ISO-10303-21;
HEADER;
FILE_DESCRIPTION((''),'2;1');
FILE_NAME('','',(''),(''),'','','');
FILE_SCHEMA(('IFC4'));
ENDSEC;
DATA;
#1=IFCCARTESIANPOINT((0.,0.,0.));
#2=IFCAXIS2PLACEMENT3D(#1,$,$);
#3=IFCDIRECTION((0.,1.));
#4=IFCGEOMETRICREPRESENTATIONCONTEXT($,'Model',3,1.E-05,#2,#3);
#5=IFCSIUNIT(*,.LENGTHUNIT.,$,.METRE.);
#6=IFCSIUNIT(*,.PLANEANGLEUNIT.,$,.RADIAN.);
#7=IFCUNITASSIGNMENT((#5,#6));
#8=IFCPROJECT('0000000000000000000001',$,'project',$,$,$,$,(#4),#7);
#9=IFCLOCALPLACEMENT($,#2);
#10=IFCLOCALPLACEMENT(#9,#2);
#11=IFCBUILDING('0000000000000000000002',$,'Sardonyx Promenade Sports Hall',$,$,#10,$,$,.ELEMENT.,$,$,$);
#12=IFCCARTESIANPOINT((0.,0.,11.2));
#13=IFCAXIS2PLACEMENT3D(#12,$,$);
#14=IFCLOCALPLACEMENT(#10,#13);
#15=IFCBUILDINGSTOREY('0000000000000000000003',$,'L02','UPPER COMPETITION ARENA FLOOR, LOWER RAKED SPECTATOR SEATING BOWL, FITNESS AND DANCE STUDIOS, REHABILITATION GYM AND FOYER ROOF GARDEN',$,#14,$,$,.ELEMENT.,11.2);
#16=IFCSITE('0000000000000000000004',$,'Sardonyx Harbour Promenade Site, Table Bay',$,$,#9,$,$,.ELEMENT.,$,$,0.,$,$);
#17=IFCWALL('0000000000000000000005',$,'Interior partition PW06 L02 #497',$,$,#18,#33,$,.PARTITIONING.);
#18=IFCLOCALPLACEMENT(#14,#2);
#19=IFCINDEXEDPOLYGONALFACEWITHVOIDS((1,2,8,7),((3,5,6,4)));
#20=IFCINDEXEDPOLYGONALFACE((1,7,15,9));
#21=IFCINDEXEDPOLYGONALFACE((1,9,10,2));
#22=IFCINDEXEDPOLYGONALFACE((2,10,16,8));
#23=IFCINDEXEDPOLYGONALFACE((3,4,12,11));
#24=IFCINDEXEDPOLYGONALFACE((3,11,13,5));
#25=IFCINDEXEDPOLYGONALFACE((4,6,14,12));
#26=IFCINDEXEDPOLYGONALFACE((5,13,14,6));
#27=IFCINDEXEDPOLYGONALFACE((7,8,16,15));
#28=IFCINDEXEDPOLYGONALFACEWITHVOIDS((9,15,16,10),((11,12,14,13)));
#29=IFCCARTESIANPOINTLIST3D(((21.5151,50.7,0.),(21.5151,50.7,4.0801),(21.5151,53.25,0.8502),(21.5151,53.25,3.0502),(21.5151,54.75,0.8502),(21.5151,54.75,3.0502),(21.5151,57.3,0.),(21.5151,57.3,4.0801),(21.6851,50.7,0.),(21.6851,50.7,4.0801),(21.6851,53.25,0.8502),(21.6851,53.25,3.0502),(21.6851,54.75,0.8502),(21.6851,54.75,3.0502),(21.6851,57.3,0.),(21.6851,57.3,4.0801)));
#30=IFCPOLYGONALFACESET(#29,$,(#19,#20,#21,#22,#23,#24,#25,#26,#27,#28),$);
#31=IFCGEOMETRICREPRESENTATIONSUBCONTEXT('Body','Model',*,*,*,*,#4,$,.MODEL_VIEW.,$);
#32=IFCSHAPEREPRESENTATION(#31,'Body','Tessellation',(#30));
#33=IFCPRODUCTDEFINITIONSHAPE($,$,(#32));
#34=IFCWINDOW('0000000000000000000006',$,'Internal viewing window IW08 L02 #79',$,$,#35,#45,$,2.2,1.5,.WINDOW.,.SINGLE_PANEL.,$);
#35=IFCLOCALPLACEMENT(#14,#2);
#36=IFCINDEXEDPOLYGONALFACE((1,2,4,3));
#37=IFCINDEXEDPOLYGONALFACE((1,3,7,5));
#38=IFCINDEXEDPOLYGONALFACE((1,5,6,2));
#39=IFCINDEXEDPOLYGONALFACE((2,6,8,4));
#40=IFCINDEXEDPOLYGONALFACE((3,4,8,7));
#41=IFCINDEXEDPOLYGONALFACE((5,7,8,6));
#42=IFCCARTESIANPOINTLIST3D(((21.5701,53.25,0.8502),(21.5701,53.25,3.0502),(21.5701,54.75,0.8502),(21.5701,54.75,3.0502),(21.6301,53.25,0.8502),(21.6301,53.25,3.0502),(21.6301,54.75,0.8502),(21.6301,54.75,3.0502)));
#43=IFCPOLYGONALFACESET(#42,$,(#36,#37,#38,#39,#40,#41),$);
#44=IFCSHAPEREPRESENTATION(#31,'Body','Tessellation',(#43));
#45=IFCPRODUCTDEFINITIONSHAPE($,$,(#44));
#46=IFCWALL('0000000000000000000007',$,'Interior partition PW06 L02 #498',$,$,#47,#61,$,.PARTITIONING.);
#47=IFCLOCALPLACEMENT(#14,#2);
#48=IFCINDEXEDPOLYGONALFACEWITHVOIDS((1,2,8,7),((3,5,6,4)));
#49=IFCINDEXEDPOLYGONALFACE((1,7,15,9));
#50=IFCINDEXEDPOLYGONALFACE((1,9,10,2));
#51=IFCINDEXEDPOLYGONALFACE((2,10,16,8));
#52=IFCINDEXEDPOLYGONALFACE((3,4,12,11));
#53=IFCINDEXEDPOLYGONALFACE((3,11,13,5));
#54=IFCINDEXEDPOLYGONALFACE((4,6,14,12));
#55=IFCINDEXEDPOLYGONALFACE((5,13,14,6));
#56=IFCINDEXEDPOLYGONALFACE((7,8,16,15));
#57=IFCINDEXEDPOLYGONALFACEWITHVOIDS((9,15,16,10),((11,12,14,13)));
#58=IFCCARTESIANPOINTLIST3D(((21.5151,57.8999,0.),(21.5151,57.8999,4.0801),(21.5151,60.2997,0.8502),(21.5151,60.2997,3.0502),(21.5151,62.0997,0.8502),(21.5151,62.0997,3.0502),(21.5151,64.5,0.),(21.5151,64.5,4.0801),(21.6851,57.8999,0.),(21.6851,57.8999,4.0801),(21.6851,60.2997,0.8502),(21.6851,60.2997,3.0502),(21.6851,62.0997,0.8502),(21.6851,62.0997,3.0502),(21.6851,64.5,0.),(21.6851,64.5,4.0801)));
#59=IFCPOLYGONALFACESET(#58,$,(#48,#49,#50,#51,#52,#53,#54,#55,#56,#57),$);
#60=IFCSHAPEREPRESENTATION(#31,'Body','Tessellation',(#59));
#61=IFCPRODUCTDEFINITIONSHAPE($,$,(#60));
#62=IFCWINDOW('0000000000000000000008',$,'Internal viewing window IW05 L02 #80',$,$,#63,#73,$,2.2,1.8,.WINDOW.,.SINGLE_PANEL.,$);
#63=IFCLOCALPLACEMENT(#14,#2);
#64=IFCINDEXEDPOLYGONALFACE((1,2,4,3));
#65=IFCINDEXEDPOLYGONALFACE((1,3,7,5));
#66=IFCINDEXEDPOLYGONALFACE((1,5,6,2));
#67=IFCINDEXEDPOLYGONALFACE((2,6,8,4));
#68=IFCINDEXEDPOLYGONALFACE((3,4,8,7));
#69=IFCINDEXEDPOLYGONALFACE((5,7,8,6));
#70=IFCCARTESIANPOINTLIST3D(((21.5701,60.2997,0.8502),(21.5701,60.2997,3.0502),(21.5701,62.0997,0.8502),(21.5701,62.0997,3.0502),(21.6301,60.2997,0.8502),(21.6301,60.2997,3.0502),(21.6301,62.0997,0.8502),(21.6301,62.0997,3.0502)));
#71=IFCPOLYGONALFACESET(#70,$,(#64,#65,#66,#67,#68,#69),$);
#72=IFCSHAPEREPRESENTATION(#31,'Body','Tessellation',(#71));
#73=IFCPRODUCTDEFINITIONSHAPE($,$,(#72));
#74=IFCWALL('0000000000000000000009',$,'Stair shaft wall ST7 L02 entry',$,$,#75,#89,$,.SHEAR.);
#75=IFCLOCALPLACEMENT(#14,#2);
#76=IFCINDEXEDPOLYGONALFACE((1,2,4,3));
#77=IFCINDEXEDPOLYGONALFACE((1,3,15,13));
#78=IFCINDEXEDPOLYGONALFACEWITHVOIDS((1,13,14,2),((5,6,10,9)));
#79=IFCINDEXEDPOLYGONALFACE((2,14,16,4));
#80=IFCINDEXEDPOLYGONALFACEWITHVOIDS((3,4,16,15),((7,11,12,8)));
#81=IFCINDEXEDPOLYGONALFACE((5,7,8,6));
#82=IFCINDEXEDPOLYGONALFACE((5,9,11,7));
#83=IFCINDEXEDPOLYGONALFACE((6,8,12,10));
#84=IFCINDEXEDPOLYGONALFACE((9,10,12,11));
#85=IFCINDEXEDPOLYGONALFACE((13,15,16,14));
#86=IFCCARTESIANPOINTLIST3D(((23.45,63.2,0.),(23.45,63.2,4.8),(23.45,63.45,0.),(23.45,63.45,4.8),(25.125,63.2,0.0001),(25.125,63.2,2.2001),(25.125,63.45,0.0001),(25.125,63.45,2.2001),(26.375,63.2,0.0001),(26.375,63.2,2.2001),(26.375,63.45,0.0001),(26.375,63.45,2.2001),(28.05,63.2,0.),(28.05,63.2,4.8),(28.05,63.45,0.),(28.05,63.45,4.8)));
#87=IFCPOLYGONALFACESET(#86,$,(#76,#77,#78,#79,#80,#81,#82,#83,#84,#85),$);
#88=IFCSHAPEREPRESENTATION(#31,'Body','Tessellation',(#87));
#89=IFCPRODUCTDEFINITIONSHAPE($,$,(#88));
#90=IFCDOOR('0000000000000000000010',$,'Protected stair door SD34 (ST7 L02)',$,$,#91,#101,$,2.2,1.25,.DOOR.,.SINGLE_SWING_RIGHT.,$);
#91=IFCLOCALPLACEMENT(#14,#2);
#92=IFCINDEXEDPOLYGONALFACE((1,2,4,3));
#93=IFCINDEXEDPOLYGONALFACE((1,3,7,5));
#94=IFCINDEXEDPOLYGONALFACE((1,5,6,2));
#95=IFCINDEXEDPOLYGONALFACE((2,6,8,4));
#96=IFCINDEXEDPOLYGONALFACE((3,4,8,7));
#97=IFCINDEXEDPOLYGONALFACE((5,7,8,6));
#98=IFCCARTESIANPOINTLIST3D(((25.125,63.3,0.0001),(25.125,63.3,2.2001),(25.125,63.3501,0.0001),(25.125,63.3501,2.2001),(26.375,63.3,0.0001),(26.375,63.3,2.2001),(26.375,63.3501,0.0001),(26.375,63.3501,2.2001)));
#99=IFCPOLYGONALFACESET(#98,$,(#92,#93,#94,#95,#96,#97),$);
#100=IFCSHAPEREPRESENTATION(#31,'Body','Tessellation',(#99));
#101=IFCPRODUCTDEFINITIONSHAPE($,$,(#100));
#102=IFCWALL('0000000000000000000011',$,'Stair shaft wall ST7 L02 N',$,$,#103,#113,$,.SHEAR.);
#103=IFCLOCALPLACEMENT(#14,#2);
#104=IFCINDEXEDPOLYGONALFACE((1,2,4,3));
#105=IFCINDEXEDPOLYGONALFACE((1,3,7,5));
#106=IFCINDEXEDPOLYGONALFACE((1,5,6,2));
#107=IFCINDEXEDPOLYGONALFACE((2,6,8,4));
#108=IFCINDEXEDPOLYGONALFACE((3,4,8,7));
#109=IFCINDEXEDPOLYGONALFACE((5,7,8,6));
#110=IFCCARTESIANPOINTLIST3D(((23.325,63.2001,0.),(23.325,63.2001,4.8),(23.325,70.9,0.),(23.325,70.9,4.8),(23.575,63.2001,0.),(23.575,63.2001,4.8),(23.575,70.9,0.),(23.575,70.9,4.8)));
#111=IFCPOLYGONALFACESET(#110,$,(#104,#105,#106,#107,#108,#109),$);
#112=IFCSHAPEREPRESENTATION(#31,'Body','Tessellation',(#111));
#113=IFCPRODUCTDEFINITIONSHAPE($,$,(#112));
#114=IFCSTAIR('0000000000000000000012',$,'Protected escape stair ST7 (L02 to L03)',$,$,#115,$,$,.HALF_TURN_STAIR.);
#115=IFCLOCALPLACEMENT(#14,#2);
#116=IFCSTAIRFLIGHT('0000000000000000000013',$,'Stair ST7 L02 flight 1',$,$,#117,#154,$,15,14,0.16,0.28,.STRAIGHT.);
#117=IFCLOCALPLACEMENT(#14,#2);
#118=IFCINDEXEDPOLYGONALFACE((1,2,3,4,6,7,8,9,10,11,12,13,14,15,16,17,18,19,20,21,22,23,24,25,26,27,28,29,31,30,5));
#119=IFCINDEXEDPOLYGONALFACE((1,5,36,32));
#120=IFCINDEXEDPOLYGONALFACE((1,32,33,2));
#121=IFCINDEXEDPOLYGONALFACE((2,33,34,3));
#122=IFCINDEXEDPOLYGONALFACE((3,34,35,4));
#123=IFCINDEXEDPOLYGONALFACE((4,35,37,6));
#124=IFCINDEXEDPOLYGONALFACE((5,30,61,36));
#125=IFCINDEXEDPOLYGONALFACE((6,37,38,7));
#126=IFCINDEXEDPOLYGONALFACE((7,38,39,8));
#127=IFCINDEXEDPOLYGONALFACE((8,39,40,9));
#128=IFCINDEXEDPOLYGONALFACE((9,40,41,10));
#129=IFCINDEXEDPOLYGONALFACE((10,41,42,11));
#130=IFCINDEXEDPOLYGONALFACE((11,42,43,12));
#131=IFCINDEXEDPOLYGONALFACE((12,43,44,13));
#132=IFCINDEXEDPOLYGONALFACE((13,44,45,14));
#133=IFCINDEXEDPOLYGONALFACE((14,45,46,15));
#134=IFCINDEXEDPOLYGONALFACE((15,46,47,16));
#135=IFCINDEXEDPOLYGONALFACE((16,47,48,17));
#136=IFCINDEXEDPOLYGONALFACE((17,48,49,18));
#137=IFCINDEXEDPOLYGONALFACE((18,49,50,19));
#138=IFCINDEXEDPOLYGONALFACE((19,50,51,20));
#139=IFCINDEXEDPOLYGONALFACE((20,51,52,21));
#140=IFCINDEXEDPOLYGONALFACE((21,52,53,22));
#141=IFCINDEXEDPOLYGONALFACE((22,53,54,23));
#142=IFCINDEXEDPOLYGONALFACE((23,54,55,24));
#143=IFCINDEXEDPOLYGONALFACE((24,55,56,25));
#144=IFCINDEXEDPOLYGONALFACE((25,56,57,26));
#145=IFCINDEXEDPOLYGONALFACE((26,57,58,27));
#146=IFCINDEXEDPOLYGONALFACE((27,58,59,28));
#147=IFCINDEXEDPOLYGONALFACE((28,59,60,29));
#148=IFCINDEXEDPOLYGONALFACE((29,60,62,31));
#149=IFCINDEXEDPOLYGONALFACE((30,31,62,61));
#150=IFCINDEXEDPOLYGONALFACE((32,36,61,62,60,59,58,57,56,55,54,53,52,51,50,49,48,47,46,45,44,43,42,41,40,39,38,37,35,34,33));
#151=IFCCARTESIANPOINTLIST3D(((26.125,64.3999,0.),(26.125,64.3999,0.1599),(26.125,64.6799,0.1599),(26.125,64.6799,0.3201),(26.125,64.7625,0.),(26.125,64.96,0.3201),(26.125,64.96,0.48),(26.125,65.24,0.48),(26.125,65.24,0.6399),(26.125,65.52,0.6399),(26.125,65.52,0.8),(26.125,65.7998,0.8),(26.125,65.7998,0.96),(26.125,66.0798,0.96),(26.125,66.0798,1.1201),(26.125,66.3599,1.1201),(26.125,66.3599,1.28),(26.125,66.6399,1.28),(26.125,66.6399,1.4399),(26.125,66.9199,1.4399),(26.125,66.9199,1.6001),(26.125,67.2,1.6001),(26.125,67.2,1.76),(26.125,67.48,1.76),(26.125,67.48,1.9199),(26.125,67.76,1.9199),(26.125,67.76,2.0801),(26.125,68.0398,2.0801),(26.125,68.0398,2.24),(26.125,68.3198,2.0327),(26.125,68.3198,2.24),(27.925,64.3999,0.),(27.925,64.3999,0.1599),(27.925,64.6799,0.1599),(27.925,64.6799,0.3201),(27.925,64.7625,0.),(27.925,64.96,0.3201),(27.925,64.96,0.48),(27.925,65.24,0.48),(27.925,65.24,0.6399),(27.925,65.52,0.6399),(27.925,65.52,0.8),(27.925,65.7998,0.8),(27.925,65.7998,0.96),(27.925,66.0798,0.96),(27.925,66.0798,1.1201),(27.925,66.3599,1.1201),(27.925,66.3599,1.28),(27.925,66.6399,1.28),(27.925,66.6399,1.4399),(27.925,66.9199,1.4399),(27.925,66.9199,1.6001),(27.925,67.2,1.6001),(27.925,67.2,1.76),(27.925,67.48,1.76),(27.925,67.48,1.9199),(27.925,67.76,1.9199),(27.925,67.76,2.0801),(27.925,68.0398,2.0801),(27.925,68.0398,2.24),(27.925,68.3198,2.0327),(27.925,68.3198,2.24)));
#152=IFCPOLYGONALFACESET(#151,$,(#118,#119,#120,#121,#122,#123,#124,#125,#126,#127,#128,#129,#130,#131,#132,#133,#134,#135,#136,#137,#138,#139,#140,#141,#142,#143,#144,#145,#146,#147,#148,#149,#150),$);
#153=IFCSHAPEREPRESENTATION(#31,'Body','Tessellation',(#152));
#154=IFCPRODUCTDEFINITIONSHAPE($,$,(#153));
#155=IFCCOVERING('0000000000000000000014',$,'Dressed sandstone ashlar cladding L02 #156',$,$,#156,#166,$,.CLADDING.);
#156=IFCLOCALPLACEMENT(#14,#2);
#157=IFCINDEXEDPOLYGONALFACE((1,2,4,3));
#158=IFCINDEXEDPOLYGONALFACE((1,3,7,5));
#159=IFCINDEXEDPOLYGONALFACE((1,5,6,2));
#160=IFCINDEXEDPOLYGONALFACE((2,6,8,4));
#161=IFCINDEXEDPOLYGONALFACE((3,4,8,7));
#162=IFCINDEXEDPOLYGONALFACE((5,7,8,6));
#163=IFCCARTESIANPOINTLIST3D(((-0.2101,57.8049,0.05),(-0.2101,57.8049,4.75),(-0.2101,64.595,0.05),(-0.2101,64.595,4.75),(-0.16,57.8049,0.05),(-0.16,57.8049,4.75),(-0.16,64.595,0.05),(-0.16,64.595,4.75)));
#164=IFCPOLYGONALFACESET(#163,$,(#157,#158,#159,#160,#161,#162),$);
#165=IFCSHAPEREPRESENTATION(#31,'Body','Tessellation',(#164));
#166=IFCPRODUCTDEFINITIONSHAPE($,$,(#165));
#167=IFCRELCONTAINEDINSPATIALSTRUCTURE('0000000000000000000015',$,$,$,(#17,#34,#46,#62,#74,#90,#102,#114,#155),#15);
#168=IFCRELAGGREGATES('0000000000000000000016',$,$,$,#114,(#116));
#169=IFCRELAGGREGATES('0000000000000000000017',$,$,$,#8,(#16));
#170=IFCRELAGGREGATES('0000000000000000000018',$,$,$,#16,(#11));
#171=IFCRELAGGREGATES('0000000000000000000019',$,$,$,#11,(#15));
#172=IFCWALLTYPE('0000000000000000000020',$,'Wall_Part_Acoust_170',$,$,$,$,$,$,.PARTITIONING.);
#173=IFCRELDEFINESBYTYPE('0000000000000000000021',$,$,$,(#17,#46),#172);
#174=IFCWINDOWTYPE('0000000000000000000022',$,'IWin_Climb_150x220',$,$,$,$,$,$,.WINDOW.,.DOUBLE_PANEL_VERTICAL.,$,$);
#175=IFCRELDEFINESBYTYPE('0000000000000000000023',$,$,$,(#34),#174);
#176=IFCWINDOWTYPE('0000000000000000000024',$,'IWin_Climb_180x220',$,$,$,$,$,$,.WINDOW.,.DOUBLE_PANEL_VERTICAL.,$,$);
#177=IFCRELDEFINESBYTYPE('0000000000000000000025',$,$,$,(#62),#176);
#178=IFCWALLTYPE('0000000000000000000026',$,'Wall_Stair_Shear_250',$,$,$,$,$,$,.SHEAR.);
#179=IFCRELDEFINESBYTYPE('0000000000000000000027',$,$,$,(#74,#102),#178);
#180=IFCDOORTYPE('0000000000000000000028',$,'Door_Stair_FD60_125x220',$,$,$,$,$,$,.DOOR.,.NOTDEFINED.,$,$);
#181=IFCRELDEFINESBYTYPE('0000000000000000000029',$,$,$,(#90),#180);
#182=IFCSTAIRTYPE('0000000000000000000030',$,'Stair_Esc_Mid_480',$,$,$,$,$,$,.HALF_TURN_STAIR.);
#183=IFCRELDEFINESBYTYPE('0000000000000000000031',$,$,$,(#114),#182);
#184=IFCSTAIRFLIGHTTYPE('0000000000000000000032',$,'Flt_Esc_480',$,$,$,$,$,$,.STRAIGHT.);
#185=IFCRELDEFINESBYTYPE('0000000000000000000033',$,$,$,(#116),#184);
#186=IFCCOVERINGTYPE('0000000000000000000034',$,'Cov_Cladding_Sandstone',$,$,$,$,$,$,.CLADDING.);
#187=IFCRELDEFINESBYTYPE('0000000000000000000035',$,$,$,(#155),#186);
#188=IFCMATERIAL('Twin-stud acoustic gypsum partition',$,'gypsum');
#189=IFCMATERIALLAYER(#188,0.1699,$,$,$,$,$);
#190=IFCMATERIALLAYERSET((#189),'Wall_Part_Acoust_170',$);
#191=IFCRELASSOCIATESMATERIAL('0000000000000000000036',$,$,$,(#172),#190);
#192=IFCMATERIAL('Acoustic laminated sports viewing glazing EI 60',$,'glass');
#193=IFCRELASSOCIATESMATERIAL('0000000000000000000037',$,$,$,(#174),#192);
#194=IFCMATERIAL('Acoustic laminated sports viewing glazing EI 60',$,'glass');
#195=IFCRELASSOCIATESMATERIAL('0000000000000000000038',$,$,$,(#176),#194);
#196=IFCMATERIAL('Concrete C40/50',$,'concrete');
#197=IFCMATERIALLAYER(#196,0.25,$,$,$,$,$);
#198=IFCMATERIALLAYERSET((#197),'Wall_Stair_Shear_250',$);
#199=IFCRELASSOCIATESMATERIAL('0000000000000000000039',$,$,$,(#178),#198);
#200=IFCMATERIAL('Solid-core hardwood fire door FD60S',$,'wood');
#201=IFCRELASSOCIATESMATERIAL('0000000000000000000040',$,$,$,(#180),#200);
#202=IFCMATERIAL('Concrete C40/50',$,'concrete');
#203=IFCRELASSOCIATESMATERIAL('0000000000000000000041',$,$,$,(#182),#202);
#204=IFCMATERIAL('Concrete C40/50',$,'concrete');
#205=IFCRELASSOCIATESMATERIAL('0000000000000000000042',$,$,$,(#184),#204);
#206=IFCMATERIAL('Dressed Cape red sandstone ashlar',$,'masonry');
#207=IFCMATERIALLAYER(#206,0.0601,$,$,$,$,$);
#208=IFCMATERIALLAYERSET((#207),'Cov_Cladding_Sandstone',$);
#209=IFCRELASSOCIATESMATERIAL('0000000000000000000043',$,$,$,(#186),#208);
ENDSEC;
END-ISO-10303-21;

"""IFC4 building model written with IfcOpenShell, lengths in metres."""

from ifc_helpers import new_model, si_unit, direction, frame, frame_2d, origin, place, context, subcontext, project, spatial, polyline, rectangle, outline, extrude, material, layer, layer_set, type_object, element, fill, aggregate, save


model = new_model("IFC4")

# Units and contexts
model_context = context("Model", 3, precision=1e-05, world=origin(), true_north=direction((0.0, 1.0)))
body_context = subcontext(model_context, "Body", "Model", "MODEL_VIEW")
ifc_project = project(units=[si_unit("LENGTHUNIT", "METRE"), si_unit("PLANEANGLEUNIT", "RADIAN")], contexts=[model_context])

# Site, building, storey
site_placement = place(None, origin())
site = spatial("IfcSite", under=ifc_project, at=site_placement, Name="Sardonyx Harbour Promenade Site, Table Bay", CompositionType="ELEMENT", RefElevation=0.0)
building_placement = place(site_placement, origin())
building = spatial("IfcBuilding", under=site, at=building_placement, Name="Sardonyx Promenade Sports Hall", CompositionType="ELEMENT")
storey_placement = place(building_placement, frame((0.0, 0.0, 11.2)))
storey = spatial("IfcBuildingStorey", under=building, at=storey_placement, Name="L02", Description="UPPER COMPETITION ARENA FLOOR, LOWER RAKED SPECTATOR SEATING BOWL, FITNESS AND DANCE STUDIOS, REHABILITATION GYM AND FOYER ROOF GARDEN", CompositionType="ELEMENT", Elevation=11.2)

# Walls, openings, windows
ifc_material_1 = material(Name="Twin-stud acoustic gypsum partition", Category="gypsum")
ifc_layer_1 = layer(ifc_material_1, 0.1699)
ifc_layer_set_1 = layer_set([ifc_layer_1], Name="Wall_Part_Acoust_170")
wall_type_1 = type_object("IfcWallType", Name="Wall_Part_Acoust_170", PredefinedType="PARTITIONING", material=ifc_layer_set_1)
wall_1_placement = place(storey_placement, frame((21.6001, 50.7, 0.0), z_axis=(0.0, 0.0, 1.0), x_axis=(0.0, 1.0, 0.0)))
wall_1 = element("IfcWall", 1, at=wall_1_placement, inside=storey, type_object=wall_type_1, Name="Interior partition PW06 L02 #497", PredefinedType="PARTITIONING", context=body_context, shape_type="SweptSolid", body=[
    extrude(rectangle(XDim=6.6001, YDim=0.1699, at=frame_2d((3.3, 0.0))), origin(), (0.0, 0.0, 1.0), 4.0801),
])
opening_1_placement = place(wall_1_placement, frame((2.55, 0.0, 0.8501)))
opening_1 = element("IfcOpeningElement", 2, at=opening_1_placement, cuts=wall_1, PredefinedType="OPENING", context=body_context, shape_type="SweptSolid", body=[
    extrude(rectangle(XDim=1.5, YDim=2.2, at=frame_2d((0.75, 1.1001))), frame((0.0, 0.095, 0.0), z_axis=(0.0, -1.0, 0.0), x_axis=(1.0, 0.0, 0.0)), (0.0, 0.0, 1.0), 0.19),
])
ifc_material_2 = material(Name="Acoustic laminated sports viewing glazing EI 60", Category="glass")
window_type_1 = type_object("IfcWindowType", Name="IWin_Climb_150x220", PartitioningType="DOUBLE_PANEL_VERTICAL", PredefinedType="WINDOW", material=ifc_material_2)
window_1_placement = place(opening_1_placement, origin())
window_1 = element("IfcWindow", 3, at=window_1_placement, inside=storey, type_object=window_type_1, Name="Internal viewing window IW08 L02 #79", OverallHeight=2.2, OverallWidth=1.5, PartitioningType="SINGLE_PANEL", PredefinedType="WINDOW", context=body_context, shape_type="SweptSolid", body=[
    extrude(rectangle(XDim=1.5, YDim=2.2, at=frame_2d((0.75, 1.1001))), frame((0.0, 0.03, 0.0), z_axis=(0.0, -1.0, 0.0), x_axis=(1.0, 0.0, 0.0)), (0.0, 0.0, 1.0), 0.0601),
])
fill(opening_1, window_1)
wall_2_placement = place(storey_placement, frame((21.6001, 57.8999, 0.0), z_axis=(0.0, 0.0, 1.0), x_axis=(0.0, 1.0, 0.0)))
wall_2 = element("IfcWall", 4, at=wall_2_placement, inside=storey, type_object=wall_type_1, Name="Interior partition PW06 L02 #498", PredefinedType="PARTITIONING", context=body_context, shape_type="SweptSolid", body=[
    extrude(rectangle(XDim=6.6001, YDim=0.1699, at=frame_2d((3.3, 0.0))), origin(), (0.0, 0.0, 1.0), 4.0801),
])
opening_2_placement = place(wall_2_placement, frame((2.3999, 0.0, 0.8501)))
opening_2 = element("IfcOpeningElement", 5, at=opening_2_placement, cuts=wall_2, PredefinedType="OPENING", context=body_context, shape_type="SweptSolid", body=[
    extrude(rectangle(XDim=1.8, YDim=2.2, at=frame_2d((0.8999, 1.1001))), frame((0.0, 0.095, 0.0), z_axis=(0.0, -1.0, 0.0), x_axis=(1.0, 0.0, 0.0)), (0.0, 0.0, 1.0), 0.19),
])
ifc_material_3 = material(Name="Acoustic laminated sports viewing glazing EI 60", Category="glass")
window_type_2 = type_object("IfcWindowType", Name="IWin_Climb_180x220", PartitioningType="DOUBLE_PANEL_VERTICAL", PredefinedType="WINDOW", material=ifc_material_3)
window_2_placement = place(opening_2_placement, origin())
window_2 = element("IfcWindow", 6, at=window_2_placement, inside=storey, type_object=window_type_2, Name="Internal viewing window IW05 L02 #80", OverallHeight=2.2, OverallWidth=1.8, PartitioningType="SINGLE_PANEL", PredefinedType="WINDOW", context=body_context, shape_type="SweptSolid", body=[
    extrude(rectangle(XDim=1.8, YDim=2.2, at=frame_2d((0.8999, 1.1001))), frame((0.0, 0.03, 0.0), z_axis=(0.0, -1.0, 0.0), x_axis=(1.0, 0.0, 0.0)), (0.0, 0.0, 1.0), 0.0601),
])
fill(opening_2, window_2)

# Wall, opening, door
ifc_material_4 = material(Name="Concrete C40/50", Category="concrete")
ifc_layer_2 = layer(ifc_material_4, 0.25)
ifc_layer_set_2 = layer_set([ifc_layer_2], Name="Wall_Stair_Shear_250")
wall_type_2 = type_object("IfcWallType", Name="Wall_Stair_Shear_250", PredefinedType="SHEAR", material=ifc_layer_set_2)
wall_3_placement = place(storey_placement, frame((28.05, 63.325, 0.0), z_axis=(0.0, 0.0, 1.0), x_axis=(-1.0, 0.0, 0.0)))
wall_3 = element("IfcWall", 7, at=wall_3_placement, inside=storey, type_object=wall_type_2, Name="Stair shaft wall ST7 L02 entry", PredefinedType="SHEAR", context=body_context, shape_type="SweptSolid", body=[
    extrude(rectangle(XDim=4.6001, YDim=0.25, at=frame_2d((2.3, 0.0))), origin(), (0.0, 0.0, 1.0), 4.8),
])
opening_3_placement = place(wall_3_placement, frame((1.675, 0.0, 0.0)))
opening_3 = element("IfcOpeningElement", 8, at=opening_3_placement, cuts=wall_3, PredefinedType="OPENING", context=body_context, shape_type="SweptSolid", body=[
    extrude(rectangle(XDim=1.25, YDim=2.2, at=frame_2d((0.625, 1.1001))), frame((0.0, 0.135, 0.0), z_axis=(0.0, -1.0, 0.0), x_axis=(1.0, 0.0, 0.0)), (0.0, 0.0, 1.0), 0.27),
])
ifc_material_5 = material(Name="Solid-core hardwood fire door FD60S", Category="wood")
door_type = type_object("IfcDoorType", Name="Door_Stair_FD60_125x220", OperationType="NOTDEFINED", PredefinedType="DOOR", material=ifc_material_5)
door_placement = place(opening_3_placement, origin())
door = element("IfcDoor", 9, at=door_placement, inside=storey, type_object=door_type, Name="Protected stair door SD34 (ST7 L02)", OperationType="SINGLE_SWING_RIGHT", OverallHeight=2.2, OverallWidth=1.25, PredefinedType="DOOR", context=body_context, shape_type="SweptSolid", body=[
    extrude(rectangle(XDim=1.25, YDim=2.2, at=frame_2d((0.625, 1.1001))), frame((0.0, 0.0249, 0.0), z_axis=(0.0, -1.0, 0.0), x_axis=(1.0, 0.0, 0.0)), (0.0, 0.0, 1.0), 0.05),
])
fill(opening_3, door)

# Wall
wall_4_placement = place(storey_placement, frame((23.45, 63.2, 0.0), z_axis=(0.0, 0.0, 1.0), x_axis=(0.0, 1.0, 0.0)))
element("IfcWall", 10, at=wall_4_placement, inside=storey, type_object=wall_type_2, Name="Stair shaft wall ST7 L02 N", PredefinedType="SHEAR", context=body_context, shape_type="SweptSolid", body=[
    extrude(rectangle(XDim=7.7, YDim=0.25, at=frame_2d((3.8501, 0.0))), origin(), (0.0, 0.0, 1.0), 4.8),
])

# Stair, stair flight
ifc_material_6 = material(Name="Concrete C40/50", Category="concrete")
stair_type = type_object("IfcStairType", Name="Stair_Esc_Mid_480", PredefinedType="HALF_TURN_STAIR", material=ifc_material_6)
stair_placement = place(storey_placement, origin())
stair = element("IfcStair", 11, at=stair_placement, inside=storey, type_object=stair_type, Name="Protected escape stair ST7 (L02 to L03)", PredefinedType="HALF_TURN_STAIR")
ifc_material_7 = material(Name="Concrete C40/50", Category="concrete")
stair_flight_type = type_object("IfcStairFlightType", Name="Flt_Esc_480", PredefinedType="STRAIGHT", material=ifc_material_7)
stair_flight_placement = place(storey_placement, frame((27.0249, 64.3999, 0.0), z_axis=(0.0, 0.0, 1.0), x_axis=(0.0, 1.0, 0.0)))
stair_flight = element("IfcStairFlight", 12, at=stair_flight_placement, type_object=stair_flight_type, Name="Stair ST7 L02 flight 1", NumberOfRisers=15, NumberOfTreads=14, PredefinedType="STRAIGHT", RiserHeight=0.16, TreadLength=0.28, context=body_context, shape_type="SweptSolid", body=[
    extrude(outline(polyline([(0.0, 0.0), (0.0, 0.1599), (0.28, 0.1599), (0.28, 0.3201), (0.5601, 0.3201), (0.5601, 0.48), (0.8401, 0.48), (0.8401, 0.6399), (1.1201, 0.6399), (1.1201, 0.8), (1.3999, 0.8), (1.3999, 0.96), (1.6799, 0.96), (1.6799, 1.1201), (1.96, 1.1201), (1.96, 1.28), (2.24, 1.28), (2.24, 1.4399), (2.52, 1.4399), (2.52, 1.6001), (2.8, 1.6001), (2.8, 1.76), (3.0801, 1.76), (3.0801, 1.9199), (3.3601, 1.9199), (3.3601, 2.0801), (3.6399, 2.0801), (3.6399, 2.24), (3.9199, 2.24), (3.9199, 2.3999), (3.9199, 2.0327), (0.3625, 0.0), (0.0, 0.0)])), frame((0.0, 0.8999, 0.0), z_axis=(0.0, -1.0, 0.0), x_axis=(1.0, 0.0, 0.0)), (0.0, 0.0, 1.0), 1.8),
])
aggregate(stair, [stair_flight])

# Covering
ifc_material_8 = material(Name="Dressed Cape red sandstone ashlar", Category="masonry")
ifc_layer_3 = layer(ifc_material_8, 0.0601)
ifc_layer_set_3 = layer_set([ifc_layer_3], Name="Cov_Cladding_Sandstone")
covering_type = type_object("IfcCoveringType", Name="Cov_Cladding_Sandstone", PredefinedType="CLADDING", material=ifc_layer_set_3)
covering_placement = place(storey_placement, frame((-0.1851, 57.8049, 0.05), z_axis=(0.0, 0.0, 1.0), x_axis=(0.0, 1.0, 0.0)))
element("IfcCovering", 13, at=covering_placement, inside=storey, type_object=covering_type, Name="Dressed sandstone ashlar cladding L02 #156", PredefinedType="CLADDING", context=body_context, shape_type="SweptSolid", body=[
    extrude(rectangle(XDim=6.79, YDim=0.05, at=frame_2d((3.395, 0.0))), origin(), (0.0, 0.0, 1.0), 4.7),
])

save(model, "model.ifc")
